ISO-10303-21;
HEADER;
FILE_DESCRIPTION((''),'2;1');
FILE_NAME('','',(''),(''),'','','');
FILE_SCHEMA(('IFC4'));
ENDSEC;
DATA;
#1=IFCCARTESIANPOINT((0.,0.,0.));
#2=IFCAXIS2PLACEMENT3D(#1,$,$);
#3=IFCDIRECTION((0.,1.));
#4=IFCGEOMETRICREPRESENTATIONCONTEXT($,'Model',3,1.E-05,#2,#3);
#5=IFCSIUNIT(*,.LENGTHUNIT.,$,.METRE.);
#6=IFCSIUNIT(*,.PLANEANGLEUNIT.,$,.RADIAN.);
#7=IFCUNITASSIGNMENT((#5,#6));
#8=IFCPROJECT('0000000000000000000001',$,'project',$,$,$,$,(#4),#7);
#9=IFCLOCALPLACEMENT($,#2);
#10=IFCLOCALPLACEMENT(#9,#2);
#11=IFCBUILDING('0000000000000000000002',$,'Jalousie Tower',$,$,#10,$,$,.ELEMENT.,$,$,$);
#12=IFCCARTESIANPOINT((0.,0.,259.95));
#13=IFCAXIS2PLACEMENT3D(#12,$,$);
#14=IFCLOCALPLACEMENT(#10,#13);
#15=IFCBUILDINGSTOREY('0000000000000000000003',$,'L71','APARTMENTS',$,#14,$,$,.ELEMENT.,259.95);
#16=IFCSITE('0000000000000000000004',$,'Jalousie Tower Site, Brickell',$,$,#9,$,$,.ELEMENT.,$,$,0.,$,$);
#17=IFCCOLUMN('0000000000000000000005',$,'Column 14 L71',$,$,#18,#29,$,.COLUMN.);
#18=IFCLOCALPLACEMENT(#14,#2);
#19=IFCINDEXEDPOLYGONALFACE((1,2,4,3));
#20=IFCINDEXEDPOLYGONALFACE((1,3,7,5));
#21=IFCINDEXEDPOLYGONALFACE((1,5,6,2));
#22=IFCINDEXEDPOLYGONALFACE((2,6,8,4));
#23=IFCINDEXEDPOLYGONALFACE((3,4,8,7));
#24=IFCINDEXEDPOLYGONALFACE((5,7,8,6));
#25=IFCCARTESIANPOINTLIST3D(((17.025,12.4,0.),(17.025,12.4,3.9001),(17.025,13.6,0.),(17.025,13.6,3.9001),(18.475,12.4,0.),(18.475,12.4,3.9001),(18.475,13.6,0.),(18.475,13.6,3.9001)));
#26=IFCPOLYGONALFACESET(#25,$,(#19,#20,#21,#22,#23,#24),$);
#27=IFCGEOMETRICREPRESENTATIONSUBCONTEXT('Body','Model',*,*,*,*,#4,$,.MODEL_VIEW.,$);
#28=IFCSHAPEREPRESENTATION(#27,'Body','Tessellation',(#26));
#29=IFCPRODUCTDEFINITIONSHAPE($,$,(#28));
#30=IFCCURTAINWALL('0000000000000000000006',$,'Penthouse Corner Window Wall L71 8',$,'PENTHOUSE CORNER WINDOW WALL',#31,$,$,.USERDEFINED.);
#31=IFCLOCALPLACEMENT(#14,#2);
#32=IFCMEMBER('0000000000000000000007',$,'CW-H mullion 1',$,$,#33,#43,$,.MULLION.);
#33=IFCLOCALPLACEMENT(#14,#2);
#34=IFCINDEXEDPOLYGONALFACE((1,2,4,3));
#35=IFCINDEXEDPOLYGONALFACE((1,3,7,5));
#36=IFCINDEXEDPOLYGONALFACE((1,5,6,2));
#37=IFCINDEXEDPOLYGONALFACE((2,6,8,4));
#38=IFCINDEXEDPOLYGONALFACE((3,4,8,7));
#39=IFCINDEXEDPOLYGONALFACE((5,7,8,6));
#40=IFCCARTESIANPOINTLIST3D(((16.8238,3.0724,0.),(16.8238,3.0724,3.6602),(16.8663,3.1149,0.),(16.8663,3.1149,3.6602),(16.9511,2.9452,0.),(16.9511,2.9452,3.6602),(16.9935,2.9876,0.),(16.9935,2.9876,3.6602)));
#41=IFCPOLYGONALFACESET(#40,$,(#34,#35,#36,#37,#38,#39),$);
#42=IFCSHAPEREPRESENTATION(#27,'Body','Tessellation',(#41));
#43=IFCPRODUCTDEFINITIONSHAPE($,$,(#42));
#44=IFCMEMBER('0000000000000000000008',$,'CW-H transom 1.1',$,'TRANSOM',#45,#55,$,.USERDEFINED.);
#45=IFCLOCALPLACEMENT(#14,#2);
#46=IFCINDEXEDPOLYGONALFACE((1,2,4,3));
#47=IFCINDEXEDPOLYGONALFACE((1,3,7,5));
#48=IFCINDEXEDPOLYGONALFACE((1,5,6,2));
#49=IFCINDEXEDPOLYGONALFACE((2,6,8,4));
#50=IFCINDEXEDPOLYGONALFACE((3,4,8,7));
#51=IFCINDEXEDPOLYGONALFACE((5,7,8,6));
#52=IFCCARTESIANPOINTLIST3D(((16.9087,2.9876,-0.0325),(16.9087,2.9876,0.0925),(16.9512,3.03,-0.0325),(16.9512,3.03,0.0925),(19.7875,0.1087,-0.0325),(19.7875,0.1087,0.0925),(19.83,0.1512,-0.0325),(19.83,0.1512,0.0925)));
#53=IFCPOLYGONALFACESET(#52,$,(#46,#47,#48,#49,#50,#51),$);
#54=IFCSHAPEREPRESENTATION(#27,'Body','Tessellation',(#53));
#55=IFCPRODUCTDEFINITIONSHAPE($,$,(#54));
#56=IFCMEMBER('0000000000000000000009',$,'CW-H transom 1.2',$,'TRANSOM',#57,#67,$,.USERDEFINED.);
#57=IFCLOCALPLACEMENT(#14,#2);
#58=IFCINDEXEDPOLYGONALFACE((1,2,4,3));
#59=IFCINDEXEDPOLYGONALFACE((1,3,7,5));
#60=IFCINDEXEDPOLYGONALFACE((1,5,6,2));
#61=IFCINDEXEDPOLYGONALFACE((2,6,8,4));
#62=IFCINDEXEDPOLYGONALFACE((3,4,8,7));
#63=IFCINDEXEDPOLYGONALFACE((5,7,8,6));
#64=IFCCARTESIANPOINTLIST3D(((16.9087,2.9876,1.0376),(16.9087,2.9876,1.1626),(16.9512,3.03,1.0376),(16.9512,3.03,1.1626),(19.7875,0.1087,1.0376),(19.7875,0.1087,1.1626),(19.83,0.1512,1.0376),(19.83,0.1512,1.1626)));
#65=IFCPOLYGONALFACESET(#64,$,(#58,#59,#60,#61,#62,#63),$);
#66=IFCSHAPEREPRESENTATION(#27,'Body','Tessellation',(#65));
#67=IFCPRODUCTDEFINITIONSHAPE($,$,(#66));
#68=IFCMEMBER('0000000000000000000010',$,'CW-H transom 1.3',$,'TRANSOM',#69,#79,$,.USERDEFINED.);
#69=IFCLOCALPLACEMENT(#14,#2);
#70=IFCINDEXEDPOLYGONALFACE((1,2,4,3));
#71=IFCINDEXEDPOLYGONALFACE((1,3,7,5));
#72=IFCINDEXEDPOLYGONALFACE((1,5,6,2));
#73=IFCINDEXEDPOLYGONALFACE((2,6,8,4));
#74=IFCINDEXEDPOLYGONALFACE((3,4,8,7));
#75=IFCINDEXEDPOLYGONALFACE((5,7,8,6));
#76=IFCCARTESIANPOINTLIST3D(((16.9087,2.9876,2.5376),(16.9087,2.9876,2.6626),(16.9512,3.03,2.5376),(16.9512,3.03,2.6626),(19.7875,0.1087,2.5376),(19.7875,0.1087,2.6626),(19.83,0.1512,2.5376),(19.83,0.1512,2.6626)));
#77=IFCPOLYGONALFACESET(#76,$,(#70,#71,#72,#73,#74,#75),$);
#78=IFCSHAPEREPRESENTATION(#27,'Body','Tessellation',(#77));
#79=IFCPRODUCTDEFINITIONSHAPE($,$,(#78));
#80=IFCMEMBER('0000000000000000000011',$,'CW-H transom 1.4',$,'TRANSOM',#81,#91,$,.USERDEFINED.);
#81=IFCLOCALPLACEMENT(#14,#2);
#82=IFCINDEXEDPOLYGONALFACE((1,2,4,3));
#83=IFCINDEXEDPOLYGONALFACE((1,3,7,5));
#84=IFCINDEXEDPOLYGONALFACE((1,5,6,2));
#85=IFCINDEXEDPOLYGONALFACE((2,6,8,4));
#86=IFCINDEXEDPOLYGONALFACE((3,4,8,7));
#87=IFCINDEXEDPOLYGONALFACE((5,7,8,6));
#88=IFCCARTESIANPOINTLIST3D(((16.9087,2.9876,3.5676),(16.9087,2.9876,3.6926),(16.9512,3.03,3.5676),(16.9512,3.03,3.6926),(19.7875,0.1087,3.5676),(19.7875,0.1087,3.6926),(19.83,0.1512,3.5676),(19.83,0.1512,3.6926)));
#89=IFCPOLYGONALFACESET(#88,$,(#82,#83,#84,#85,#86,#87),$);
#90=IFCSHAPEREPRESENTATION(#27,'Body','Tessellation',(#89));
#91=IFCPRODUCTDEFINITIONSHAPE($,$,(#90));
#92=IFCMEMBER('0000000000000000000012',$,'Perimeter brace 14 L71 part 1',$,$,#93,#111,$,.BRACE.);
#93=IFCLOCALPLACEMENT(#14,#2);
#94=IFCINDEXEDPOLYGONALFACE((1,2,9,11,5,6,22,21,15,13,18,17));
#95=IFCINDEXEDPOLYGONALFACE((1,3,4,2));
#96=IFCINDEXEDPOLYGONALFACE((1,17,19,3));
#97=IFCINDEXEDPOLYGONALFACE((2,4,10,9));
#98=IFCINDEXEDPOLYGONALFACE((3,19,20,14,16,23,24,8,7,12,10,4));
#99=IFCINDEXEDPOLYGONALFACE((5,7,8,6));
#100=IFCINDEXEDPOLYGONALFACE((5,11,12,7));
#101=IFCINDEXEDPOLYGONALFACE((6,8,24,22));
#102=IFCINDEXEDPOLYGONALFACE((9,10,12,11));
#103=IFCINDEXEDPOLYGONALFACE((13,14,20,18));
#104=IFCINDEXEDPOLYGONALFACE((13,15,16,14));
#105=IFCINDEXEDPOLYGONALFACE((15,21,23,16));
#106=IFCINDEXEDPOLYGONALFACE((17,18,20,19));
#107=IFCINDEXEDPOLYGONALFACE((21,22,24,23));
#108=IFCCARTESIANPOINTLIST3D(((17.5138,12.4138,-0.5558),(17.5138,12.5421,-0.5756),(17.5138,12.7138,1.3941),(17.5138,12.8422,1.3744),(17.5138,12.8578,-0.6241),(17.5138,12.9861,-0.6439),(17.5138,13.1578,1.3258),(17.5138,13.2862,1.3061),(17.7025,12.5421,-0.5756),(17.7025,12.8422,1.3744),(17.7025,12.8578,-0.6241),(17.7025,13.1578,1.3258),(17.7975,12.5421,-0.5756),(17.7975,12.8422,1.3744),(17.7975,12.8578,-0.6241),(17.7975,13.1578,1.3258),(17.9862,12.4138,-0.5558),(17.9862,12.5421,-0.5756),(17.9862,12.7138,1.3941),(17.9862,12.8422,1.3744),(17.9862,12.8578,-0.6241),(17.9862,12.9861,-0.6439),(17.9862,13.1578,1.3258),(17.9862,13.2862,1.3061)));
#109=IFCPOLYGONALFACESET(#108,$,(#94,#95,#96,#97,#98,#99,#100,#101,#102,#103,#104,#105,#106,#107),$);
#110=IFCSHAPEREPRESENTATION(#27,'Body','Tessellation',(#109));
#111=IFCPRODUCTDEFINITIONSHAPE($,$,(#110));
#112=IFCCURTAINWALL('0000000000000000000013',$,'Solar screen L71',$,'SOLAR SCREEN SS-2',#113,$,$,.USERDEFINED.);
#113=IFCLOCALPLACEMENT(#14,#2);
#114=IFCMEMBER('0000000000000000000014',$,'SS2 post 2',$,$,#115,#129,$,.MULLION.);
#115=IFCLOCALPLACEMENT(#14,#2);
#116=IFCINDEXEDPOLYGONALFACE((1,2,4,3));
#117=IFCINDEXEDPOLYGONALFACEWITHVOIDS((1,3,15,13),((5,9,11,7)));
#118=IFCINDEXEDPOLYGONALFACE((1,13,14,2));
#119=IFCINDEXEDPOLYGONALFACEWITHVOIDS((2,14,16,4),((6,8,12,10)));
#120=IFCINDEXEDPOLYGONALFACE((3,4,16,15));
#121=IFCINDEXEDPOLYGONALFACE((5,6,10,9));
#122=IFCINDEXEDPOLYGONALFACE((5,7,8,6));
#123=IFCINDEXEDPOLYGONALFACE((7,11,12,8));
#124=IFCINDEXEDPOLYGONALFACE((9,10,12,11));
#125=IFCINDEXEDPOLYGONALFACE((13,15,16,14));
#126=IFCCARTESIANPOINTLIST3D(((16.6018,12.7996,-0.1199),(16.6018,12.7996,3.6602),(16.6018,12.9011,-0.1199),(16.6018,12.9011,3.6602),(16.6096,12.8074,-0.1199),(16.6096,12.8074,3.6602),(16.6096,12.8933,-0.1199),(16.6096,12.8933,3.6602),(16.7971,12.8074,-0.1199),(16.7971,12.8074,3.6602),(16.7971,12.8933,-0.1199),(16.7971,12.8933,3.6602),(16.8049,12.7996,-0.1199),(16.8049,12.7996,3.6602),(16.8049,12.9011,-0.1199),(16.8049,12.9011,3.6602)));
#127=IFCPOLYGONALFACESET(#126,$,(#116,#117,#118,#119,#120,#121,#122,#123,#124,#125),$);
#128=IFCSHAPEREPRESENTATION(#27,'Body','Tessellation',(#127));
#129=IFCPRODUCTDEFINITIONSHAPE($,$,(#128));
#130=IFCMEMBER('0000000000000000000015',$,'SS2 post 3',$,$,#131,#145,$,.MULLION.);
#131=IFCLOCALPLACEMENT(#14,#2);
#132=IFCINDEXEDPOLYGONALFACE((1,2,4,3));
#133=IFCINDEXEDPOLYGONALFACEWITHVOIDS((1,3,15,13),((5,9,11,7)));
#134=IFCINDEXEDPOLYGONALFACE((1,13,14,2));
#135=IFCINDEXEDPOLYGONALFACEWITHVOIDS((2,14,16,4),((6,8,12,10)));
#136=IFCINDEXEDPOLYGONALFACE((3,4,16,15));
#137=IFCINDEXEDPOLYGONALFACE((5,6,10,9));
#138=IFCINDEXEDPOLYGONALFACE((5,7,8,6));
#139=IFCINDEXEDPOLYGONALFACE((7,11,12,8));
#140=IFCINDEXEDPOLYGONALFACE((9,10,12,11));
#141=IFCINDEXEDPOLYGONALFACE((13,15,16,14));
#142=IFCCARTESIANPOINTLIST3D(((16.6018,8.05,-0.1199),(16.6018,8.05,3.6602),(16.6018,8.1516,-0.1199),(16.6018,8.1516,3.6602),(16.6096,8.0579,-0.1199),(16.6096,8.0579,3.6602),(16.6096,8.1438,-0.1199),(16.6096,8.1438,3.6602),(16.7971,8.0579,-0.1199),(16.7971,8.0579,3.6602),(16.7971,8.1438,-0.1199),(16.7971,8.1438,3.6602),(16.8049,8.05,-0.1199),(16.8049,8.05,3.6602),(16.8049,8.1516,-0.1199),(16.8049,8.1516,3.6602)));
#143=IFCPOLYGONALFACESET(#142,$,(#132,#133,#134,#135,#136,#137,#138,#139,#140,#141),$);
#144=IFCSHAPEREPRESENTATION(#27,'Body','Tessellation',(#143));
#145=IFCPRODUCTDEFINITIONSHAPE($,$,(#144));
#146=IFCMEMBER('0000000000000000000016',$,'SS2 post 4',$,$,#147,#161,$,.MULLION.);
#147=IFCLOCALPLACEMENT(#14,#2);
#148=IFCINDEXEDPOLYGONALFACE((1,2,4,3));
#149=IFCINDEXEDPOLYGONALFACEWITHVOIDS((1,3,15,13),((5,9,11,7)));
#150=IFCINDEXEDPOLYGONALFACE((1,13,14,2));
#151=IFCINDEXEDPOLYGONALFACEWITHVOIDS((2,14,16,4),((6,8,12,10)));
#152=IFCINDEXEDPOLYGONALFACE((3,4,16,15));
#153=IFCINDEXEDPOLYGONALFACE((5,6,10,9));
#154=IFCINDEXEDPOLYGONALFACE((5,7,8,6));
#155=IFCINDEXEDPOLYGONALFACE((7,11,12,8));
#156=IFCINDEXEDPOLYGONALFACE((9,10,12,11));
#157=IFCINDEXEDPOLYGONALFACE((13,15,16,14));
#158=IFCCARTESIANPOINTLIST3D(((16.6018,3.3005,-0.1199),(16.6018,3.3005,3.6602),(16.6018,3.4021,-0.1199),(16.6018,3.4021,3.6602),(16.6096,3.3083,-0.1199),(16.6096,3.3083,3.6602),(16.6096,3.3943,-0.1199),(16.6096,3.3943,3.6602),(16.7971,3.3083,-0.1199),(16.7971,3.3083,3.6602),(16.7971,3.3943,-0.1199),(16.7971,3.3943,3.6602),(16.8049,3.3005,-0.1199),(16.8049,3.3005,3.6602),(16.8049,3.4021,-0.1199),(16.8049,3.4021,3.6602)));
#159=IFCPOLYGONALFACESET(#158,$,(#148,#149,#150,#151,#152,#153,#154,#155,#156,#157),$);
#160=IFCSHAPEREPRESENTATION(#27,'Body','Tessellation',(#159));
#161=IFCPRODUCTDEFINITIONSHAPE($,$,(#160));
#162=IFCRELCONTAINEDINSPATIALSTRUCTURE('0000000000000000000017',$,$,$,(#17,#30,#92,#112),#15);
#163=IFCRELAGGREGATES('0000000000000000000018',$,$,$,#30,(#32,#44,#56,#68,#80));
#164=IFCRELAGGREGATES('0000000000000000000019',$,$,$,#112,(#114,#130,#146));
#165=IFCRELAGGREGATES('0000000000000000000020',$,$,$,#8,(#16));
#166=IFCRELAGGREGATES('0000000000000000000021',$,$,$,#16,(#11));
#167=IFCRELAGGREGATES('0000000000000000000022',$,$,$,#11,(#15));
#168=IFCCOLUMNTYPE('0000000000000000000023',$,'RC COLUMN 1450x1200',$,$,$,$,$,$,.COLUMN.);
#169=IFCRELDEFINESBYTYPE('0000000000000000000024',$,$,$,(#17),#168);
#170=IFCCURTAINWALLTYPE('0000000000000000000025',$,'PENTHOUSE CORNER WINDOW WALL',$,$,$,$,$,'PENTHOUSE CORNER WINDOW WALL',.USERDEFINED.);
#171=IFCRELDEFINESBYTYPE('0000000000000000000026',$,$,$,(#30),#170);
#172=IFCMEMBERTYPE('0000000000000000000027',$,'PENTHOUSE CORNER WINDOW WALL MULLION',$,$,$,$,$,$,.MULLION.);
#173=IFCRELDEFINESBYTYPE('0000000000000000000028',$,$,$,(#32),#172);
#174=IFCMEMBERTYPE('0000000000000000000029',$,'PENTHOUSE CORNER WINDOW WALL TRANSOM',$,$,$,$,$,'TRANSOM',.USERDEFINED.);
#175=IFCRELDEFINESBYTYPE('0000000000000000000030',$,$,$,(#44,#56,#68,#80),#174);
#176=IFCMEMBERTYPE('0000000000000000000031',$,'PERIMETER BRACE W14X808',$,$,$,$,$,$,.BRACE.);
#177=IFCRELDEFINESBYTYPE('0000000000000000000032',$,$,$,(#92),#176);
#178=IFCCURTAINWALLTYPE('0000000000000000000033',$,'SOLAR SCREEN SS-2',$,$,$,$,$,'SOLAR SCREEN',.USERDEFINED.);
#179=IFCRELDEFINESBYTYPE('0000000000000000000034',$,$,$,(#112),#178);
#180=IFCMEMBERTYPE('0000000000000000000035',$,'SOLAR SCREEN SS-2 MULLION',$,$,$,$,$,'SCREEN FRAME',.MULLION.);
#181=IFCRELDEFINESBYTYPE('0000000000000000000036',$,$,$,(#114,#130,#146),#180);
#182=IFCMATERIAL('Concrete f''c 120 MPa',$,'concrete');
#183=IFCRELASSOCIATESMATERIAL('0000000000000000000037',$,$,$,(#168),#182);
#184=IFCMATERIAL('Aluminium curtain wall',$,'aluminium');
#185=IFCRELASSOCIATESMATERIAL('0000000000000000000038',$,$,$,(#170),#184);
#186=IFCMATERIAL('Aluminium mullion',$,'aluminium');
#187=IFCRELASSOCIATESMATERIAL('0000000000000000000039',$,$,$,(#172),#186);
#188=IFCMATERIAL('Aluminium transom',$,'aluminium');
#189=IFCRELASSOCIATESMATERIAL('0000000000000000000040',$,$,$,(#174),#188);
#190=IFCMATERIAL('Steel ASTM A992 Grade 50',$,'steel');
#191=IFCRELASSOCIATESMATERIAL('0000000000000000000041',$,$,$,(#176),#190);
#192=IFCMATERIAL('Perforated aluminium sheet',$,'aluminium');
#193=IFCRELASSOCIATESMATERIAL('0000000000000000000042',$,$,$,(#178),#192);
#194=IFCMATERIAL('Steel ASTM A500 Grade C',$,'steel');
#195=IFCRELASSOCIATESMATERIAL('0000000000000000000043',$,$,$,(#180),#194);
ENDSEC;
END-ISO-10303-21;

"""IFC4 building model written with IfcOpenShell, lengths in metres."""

from ifc_helpers import new_model, si_unit, direction, frame, origin, origin_2d, place, context, subcontext, project, spatial, rectangle, hollow_rectangle, i_section, extrude, material, material_profile, profile_set, type_object, element, aggregate, save


model = new_model("IFC4")

# Units and contexts
model_context = context("Model", 3, precision=1e-05, world=origin(), true_north=direction((0.0, 1.0)))
body_context = subcontext(model_context, "Body", "Model", "MODEL_VIEW")
ifc_project = project(units=[si_unit("LENGTHUNIT", "METRE"), si_unit("PLANEANGLEUNIT", "RADIAN")], contexts=[model_context])

# Site, building, storey
site_placement = place(None, origin())
site = spatial("IfcSite", under=ifc_project, at=site_placement, Name="Jalousie Tower Site, Brickell", CompositionType="ELEMENT", RefElevation=0.0)
building_placement = place(site_placement, origin())
building = spatial("IfcBuilding", under=site, at=building_placement, Name="Jalousie Tower", CompositionType="ELEMENT")
storey_placement = place(building_placement, frame((0.0, 0.0, 259.95)))
storey = spatial("IfcBuildingStorey", under=building, at=storey_placement, Name="L71", Description="APARTMENTS", CompositionType="ELEMENT", Elevation=259.95)

# Column
ifc_material_1 = material(Name="Concrete f'c 120 MPa", Category="concrete")
ifc_material_profile_1 = material_profile(ifc_material_1, rectangle(XDim=1.45, YDim=1.2, at=origin_2d()), Name="RC 1450x1200")
ifc_profile_set_1 = profile_set([ifc_material_profile_1], Name="Concrete f'c 120 MPa")
column_type = type_object("IfcColumnType", Name="RC COLUMN 1450x1200", PredefinedType="COLUMN", material=ifc_profile_set_1)
column_placement = place(storey_placement, frame((17.75, 13.0, 0.0), z_axis=(0.0, 0.0, 1.0), x_axis=(1.0, 0.0, 0.0)))
element("IfcColumn", 1, at=column_placement, inside=storey, type_object=column_type, Name="Column 14 L71", PredefinedType="COLUMN", context=body_context, shape_type="SweptSolid", body=[
    extrude(rectangle(XDim=1.45, YDim=1.2, at=origin_2d()), origin(), (0.0, 0.0, 1.0), 3.9001),
])

# Curtain wall, members
ifc_material_2 = material(Name="Aluminium curtain wall", Category="aluminium")
curtain_wall_type_1 = type_object("IfcCurtainWallType", Name="PENTHOUSE CORNER WINDOW WALL", ElementType="PENTHOUSE CORNER WINDOW WALL", PredefinedType="USERDEFINED", material=ifc_material_2)
curtain_wall_1_placement = place(storey_placement, origin())
curtain_wall_1 = element("IfcCurtainWall", 2, at=curtain_wall_1_placement, inside=storey, type_object=curtain_wall_type_1, Name="Penthouse Corner Window Wall L71 8", ObjectType="PENTHOUSE CORNER WINDOW WALL", PredefinedType="USERDEFINED")
ifc_material_3 = material(Name="Aluminium mullion", Category="aluminium")
ifc_material_profile_2 = material_profile(ifc_material_3, rectangle(XDim=0.0601, YDim=0.1799, at=origin_2d()), Name="MULLION 60x180")
ifc_profile_set_2 = profile_set([ifc_material_profile_2], Name="Aluminium mullion")
member_type_1 = type_object("IfcMemberType", Name="PENTHOUSE CORNER WINDOW WALL MULLION", PredefinedType="MULLION", material=ifc_profile_set_2)
member_1_placement = place(storey_placement, frame((16.9087, 3.03, 0.0), z_axis=(0.0, 0.0, 1.0), x_axis=(0.707107, 0.707107, 0.0)))
member_1 = element("IfcMember", 3, at=member_1_placement, type_object=member_type_1, Name="CW-H mullion 1", PredefinedType="MULLION", context=body_context, shape_type="SweptSolid", body=[
    extrude(rectangle(XDim=0.0601, YDim=0.1799, at=origin_2d()), origin(), (0.0, 0.0, 1.0), 3.6602),
])
ifc_material_4 = material(Name="Aluminium transom", Category="aluminium")
ifc_material_profile_3 = material_profile(ifc_material_4, rectangle(XDim=0.0601, YDim=0.125, at=origin_2d()), Name="TRANSOM 60x125")
ifc_profile_set_3 = profile_set([ifc_material_profile_3], Name="Aluminium transom")
member_type_2 = type_object("IfcMemberType", Name="PENTHOUSE CORNER WINDOW WALL TRANSOM", ElementType="TRANSOM", PredefinedType="USERDEFINED", material=ifc_profile_set_3)
member_2_placement = place(storey_placement, frame((16.9299, 3.0088, 0.03), z_axis=(0.707107, -0.707107, 0.0), x_axis=(0.707107, 0.707107, 0.0)))
member_2 = element("IfcMember", 4, at=member_2_placement, type_object=member_type_2, Name="CW-H transom 1.1", ObjectType="TRANSOM", PredefinedType="USERDEFINED", context=body_context, shape_type="SweptSolid", body=[
    extrude(rectangle(XDim=0.0601, YDim=0.125, at=origin_2d()), origin(), (0.0, 0.0, 1.0), 4.0713),
])
member_3_placement = place(storey_placement, frame((16.9299, 3.0088, 1.1001), z_axis=(0.707107, -0.707107, 0.0), x_axis=(0.707107, 0.707107, 0.0)))
member_3 = element("IfcMember", 5, at=member_3_placement, type_object=member_type_2, Name="CW-H transom 1.2", ObjectType="TRANSOM", PredefinedType="USERDEFINED", context=body_context, shape_type="SweptSolid", body=[
    extrude(rectangle(XDim=0.0601, YDim=0.125, at=origin_2d()), origin(), (0.0, 0.0, 1.0), 4.0713),
])
member_4_placement = place(storey_placement, frame((16.9299, 3.0088, 2.6001), z_axis=(0.707107, -0.707107, 0.0), x_axis=(0.707107, 0.707107, 0.0)))
member_4 = element("IfcMember", 6, at=member_4_placement, type_object=member_type_2, Name="CW-H transom 1.3", ObjectType="TRANSOM", PredefinedType="USERDEFINED", context=body_context, shape_type="SweptSolid", body=[
    extrude(rectangle(XDim=0.0601, YDim=0.125, at=origin_2d()), origin(), (0.0, 0.0, 1.0), 4.0713),
])
member_5_placement = place(storey_placement, frame((16.9299, 3.0088, 3.6301), z_axis=(0.707107, -0.707107, 0.0), x_axis=(0.707107, 0.707107, 0.0)))
member_5 = element("IfcMember", 7, at=member_5_placement, type_object=member_type_2, Name="CW-H transom 1.4", ObjectType="TRANSOM", PredefinedType="USERDEFINED", context=body_context, shape_type="SweptSolid", body=[
    extrude(rectangle(XDim=0.0601, YDim=0.125, at=origin_2d()), origin(), (0.0, 0.0, 1.0), 4.0713),
])
aggregate(curtain_wall_1, [member_1, member_2, member_3, member_4, member_5])

# Member
ifc_material_5 = material(Name="Steel ASTM A992 Grade 50", Category="steel")
ifc_material_profile_4 = material_profile(ifc_material_5, i_section(OverallWidth=0.4724, OverallDepth=0.5791, WebThickness=0.095, FlangeThickness=0.1299, at=origin_2d()), Name="W14X808")
ifc_profile_set_4 = profile_set([ifc_material_profile_4], Name="Steel ASTM A992 Grade 50")
member_type_3 = type_object("IfcMemberType", Name="PERIMETER BRACE W14X808", PredefinedType="BRACE", material=ifc_profile_set_4)
member_6_placement = place(storey_placement, frame((17.75, 12.7, -0.5999), z_axis=(0.0, 0.152085, 0.988367), x_axis=(-1.0, 0.0, 0.0)))
element("IfcMember", 8, at=member_6_placement, inside=storey, type_object=member_type_3, Name="Perimeter brace 14 L71 part 1", PredefinedType="BRACE", context=body_context, shape_type="SweptSolid", body=[
    extrude(i_section(OverallWidth=0.4724, OverallDepth=0.5791, WebThickness=0.095, FlangeThickness=0.1299, at=origin_2d()), origin(), (0.0, 0.0, 1.0), 1.9729),
])

# Curtain wall, members
ifc_material_6 = material(Name="Perforated aluminium sheet", Category="aluminium")
curtain_wall_type_2 = type_object("IfcCurtainWallType", Name="SOLAR SCREEN SS-2", ElementType="SOLAR SCREEN", PredefinedType="USERDEFINED", material=ifc_material_6)
curtain_wall_2_placement = place(storey_placement, origin())
curtain_wall_2 = element("IfcCurtainWall", 9, at=curtain_wall_2_placement, inside=storey, type_object=curtain_wall_type_2, Name="Solar screen L71", ObjectType="SOLAR SCREEN SS-2", PredefinedType="USERDEFINED")
ifc_material_7 = material(Name="Steel ASTM A500 Grade C", Category="steel")
ifc_material_profile_5 = material_profile(ifc_material_7, hollow_rectangle(XDim=0.1016, YDim=0.2031, WallThickness=0.0078, at=origin_2d()), Name="HSS8X4X5/16")
ifc_profile_set_5 = profile_set([ifc_material_profile_5], Name="Steel ASTM A500 Grade C")
member_type_4 = type_object("IfcMemberType", Name="SOLAR SCREEN SS-2 MULLION", ElementType="SCREEN FRAME", PredefinedType="MULLION", material=ifc_profile_set_5)
member_7_placement = place(storey_placement, frame((16.7034, 12.8503, -0.1199), z_axis=(0.0, 0.0, 1.0), x_axis=(0.0, -1.0, 0.0)))
member_7 = element("IfcMember", 10, at=member_7_placement, type_object=member_type_4, Name="SS2 post 2", PredefinedType="MULLION", context=body_context, shape_type="SweptSolid", body=[
    extrude(hollow_rectangle(XDim=0.1016, YDim=0.2031, WallThickness=0.0078, at=origin_2d()), origin(), (0.0, 0.0, 1.0), 3.78),
])
member_8_placement = place(storey_placement, frame((16.7034, 8.1008, -0.1199), z_axis=(0.0, 0.0, 1.0), x_axis=(0.0, -1.0, 0.0)))
member_8 = element("IfcMember", 11, at=member_8_placement, type_object=member_type_4, Name="SS2 post 3", PredefinedType="MULLION", context=body_context, shape_type="SweptSolid", body=[
    extrude(hollow_rectangle(XDim=0.1016, YDim=0.2031, WallThickness=0.0078, at=origin_2d()), origin(), (0.0, 0.0, 1.0), 3.78),
])
member_9_placement = place(storey_placement, frame((16.7034, 3.3513, -0.1199), z_axis=(0.0, 0.0, 1.0), x_axis=(0.0, -1.0, 0.0)))
member_9 = element("IfcMember", 12, at=member_9_placement, type_object=member_type_4, Name="SS2 post 4", PredefinedType="MULLION", context=body_context, shape_type="SweptSolid", body=[
    extrude(hollow_rectangle(XDim=0.1016, YDim=0.2031, WallThickness=0.0078, at=origin_2d()), origin(), (0.0, 0.0, 1.0), 3.78),
])

aggregate(curtain_wall_2, [member_7, member_8, member_9])

save(model, "model.ifc")
